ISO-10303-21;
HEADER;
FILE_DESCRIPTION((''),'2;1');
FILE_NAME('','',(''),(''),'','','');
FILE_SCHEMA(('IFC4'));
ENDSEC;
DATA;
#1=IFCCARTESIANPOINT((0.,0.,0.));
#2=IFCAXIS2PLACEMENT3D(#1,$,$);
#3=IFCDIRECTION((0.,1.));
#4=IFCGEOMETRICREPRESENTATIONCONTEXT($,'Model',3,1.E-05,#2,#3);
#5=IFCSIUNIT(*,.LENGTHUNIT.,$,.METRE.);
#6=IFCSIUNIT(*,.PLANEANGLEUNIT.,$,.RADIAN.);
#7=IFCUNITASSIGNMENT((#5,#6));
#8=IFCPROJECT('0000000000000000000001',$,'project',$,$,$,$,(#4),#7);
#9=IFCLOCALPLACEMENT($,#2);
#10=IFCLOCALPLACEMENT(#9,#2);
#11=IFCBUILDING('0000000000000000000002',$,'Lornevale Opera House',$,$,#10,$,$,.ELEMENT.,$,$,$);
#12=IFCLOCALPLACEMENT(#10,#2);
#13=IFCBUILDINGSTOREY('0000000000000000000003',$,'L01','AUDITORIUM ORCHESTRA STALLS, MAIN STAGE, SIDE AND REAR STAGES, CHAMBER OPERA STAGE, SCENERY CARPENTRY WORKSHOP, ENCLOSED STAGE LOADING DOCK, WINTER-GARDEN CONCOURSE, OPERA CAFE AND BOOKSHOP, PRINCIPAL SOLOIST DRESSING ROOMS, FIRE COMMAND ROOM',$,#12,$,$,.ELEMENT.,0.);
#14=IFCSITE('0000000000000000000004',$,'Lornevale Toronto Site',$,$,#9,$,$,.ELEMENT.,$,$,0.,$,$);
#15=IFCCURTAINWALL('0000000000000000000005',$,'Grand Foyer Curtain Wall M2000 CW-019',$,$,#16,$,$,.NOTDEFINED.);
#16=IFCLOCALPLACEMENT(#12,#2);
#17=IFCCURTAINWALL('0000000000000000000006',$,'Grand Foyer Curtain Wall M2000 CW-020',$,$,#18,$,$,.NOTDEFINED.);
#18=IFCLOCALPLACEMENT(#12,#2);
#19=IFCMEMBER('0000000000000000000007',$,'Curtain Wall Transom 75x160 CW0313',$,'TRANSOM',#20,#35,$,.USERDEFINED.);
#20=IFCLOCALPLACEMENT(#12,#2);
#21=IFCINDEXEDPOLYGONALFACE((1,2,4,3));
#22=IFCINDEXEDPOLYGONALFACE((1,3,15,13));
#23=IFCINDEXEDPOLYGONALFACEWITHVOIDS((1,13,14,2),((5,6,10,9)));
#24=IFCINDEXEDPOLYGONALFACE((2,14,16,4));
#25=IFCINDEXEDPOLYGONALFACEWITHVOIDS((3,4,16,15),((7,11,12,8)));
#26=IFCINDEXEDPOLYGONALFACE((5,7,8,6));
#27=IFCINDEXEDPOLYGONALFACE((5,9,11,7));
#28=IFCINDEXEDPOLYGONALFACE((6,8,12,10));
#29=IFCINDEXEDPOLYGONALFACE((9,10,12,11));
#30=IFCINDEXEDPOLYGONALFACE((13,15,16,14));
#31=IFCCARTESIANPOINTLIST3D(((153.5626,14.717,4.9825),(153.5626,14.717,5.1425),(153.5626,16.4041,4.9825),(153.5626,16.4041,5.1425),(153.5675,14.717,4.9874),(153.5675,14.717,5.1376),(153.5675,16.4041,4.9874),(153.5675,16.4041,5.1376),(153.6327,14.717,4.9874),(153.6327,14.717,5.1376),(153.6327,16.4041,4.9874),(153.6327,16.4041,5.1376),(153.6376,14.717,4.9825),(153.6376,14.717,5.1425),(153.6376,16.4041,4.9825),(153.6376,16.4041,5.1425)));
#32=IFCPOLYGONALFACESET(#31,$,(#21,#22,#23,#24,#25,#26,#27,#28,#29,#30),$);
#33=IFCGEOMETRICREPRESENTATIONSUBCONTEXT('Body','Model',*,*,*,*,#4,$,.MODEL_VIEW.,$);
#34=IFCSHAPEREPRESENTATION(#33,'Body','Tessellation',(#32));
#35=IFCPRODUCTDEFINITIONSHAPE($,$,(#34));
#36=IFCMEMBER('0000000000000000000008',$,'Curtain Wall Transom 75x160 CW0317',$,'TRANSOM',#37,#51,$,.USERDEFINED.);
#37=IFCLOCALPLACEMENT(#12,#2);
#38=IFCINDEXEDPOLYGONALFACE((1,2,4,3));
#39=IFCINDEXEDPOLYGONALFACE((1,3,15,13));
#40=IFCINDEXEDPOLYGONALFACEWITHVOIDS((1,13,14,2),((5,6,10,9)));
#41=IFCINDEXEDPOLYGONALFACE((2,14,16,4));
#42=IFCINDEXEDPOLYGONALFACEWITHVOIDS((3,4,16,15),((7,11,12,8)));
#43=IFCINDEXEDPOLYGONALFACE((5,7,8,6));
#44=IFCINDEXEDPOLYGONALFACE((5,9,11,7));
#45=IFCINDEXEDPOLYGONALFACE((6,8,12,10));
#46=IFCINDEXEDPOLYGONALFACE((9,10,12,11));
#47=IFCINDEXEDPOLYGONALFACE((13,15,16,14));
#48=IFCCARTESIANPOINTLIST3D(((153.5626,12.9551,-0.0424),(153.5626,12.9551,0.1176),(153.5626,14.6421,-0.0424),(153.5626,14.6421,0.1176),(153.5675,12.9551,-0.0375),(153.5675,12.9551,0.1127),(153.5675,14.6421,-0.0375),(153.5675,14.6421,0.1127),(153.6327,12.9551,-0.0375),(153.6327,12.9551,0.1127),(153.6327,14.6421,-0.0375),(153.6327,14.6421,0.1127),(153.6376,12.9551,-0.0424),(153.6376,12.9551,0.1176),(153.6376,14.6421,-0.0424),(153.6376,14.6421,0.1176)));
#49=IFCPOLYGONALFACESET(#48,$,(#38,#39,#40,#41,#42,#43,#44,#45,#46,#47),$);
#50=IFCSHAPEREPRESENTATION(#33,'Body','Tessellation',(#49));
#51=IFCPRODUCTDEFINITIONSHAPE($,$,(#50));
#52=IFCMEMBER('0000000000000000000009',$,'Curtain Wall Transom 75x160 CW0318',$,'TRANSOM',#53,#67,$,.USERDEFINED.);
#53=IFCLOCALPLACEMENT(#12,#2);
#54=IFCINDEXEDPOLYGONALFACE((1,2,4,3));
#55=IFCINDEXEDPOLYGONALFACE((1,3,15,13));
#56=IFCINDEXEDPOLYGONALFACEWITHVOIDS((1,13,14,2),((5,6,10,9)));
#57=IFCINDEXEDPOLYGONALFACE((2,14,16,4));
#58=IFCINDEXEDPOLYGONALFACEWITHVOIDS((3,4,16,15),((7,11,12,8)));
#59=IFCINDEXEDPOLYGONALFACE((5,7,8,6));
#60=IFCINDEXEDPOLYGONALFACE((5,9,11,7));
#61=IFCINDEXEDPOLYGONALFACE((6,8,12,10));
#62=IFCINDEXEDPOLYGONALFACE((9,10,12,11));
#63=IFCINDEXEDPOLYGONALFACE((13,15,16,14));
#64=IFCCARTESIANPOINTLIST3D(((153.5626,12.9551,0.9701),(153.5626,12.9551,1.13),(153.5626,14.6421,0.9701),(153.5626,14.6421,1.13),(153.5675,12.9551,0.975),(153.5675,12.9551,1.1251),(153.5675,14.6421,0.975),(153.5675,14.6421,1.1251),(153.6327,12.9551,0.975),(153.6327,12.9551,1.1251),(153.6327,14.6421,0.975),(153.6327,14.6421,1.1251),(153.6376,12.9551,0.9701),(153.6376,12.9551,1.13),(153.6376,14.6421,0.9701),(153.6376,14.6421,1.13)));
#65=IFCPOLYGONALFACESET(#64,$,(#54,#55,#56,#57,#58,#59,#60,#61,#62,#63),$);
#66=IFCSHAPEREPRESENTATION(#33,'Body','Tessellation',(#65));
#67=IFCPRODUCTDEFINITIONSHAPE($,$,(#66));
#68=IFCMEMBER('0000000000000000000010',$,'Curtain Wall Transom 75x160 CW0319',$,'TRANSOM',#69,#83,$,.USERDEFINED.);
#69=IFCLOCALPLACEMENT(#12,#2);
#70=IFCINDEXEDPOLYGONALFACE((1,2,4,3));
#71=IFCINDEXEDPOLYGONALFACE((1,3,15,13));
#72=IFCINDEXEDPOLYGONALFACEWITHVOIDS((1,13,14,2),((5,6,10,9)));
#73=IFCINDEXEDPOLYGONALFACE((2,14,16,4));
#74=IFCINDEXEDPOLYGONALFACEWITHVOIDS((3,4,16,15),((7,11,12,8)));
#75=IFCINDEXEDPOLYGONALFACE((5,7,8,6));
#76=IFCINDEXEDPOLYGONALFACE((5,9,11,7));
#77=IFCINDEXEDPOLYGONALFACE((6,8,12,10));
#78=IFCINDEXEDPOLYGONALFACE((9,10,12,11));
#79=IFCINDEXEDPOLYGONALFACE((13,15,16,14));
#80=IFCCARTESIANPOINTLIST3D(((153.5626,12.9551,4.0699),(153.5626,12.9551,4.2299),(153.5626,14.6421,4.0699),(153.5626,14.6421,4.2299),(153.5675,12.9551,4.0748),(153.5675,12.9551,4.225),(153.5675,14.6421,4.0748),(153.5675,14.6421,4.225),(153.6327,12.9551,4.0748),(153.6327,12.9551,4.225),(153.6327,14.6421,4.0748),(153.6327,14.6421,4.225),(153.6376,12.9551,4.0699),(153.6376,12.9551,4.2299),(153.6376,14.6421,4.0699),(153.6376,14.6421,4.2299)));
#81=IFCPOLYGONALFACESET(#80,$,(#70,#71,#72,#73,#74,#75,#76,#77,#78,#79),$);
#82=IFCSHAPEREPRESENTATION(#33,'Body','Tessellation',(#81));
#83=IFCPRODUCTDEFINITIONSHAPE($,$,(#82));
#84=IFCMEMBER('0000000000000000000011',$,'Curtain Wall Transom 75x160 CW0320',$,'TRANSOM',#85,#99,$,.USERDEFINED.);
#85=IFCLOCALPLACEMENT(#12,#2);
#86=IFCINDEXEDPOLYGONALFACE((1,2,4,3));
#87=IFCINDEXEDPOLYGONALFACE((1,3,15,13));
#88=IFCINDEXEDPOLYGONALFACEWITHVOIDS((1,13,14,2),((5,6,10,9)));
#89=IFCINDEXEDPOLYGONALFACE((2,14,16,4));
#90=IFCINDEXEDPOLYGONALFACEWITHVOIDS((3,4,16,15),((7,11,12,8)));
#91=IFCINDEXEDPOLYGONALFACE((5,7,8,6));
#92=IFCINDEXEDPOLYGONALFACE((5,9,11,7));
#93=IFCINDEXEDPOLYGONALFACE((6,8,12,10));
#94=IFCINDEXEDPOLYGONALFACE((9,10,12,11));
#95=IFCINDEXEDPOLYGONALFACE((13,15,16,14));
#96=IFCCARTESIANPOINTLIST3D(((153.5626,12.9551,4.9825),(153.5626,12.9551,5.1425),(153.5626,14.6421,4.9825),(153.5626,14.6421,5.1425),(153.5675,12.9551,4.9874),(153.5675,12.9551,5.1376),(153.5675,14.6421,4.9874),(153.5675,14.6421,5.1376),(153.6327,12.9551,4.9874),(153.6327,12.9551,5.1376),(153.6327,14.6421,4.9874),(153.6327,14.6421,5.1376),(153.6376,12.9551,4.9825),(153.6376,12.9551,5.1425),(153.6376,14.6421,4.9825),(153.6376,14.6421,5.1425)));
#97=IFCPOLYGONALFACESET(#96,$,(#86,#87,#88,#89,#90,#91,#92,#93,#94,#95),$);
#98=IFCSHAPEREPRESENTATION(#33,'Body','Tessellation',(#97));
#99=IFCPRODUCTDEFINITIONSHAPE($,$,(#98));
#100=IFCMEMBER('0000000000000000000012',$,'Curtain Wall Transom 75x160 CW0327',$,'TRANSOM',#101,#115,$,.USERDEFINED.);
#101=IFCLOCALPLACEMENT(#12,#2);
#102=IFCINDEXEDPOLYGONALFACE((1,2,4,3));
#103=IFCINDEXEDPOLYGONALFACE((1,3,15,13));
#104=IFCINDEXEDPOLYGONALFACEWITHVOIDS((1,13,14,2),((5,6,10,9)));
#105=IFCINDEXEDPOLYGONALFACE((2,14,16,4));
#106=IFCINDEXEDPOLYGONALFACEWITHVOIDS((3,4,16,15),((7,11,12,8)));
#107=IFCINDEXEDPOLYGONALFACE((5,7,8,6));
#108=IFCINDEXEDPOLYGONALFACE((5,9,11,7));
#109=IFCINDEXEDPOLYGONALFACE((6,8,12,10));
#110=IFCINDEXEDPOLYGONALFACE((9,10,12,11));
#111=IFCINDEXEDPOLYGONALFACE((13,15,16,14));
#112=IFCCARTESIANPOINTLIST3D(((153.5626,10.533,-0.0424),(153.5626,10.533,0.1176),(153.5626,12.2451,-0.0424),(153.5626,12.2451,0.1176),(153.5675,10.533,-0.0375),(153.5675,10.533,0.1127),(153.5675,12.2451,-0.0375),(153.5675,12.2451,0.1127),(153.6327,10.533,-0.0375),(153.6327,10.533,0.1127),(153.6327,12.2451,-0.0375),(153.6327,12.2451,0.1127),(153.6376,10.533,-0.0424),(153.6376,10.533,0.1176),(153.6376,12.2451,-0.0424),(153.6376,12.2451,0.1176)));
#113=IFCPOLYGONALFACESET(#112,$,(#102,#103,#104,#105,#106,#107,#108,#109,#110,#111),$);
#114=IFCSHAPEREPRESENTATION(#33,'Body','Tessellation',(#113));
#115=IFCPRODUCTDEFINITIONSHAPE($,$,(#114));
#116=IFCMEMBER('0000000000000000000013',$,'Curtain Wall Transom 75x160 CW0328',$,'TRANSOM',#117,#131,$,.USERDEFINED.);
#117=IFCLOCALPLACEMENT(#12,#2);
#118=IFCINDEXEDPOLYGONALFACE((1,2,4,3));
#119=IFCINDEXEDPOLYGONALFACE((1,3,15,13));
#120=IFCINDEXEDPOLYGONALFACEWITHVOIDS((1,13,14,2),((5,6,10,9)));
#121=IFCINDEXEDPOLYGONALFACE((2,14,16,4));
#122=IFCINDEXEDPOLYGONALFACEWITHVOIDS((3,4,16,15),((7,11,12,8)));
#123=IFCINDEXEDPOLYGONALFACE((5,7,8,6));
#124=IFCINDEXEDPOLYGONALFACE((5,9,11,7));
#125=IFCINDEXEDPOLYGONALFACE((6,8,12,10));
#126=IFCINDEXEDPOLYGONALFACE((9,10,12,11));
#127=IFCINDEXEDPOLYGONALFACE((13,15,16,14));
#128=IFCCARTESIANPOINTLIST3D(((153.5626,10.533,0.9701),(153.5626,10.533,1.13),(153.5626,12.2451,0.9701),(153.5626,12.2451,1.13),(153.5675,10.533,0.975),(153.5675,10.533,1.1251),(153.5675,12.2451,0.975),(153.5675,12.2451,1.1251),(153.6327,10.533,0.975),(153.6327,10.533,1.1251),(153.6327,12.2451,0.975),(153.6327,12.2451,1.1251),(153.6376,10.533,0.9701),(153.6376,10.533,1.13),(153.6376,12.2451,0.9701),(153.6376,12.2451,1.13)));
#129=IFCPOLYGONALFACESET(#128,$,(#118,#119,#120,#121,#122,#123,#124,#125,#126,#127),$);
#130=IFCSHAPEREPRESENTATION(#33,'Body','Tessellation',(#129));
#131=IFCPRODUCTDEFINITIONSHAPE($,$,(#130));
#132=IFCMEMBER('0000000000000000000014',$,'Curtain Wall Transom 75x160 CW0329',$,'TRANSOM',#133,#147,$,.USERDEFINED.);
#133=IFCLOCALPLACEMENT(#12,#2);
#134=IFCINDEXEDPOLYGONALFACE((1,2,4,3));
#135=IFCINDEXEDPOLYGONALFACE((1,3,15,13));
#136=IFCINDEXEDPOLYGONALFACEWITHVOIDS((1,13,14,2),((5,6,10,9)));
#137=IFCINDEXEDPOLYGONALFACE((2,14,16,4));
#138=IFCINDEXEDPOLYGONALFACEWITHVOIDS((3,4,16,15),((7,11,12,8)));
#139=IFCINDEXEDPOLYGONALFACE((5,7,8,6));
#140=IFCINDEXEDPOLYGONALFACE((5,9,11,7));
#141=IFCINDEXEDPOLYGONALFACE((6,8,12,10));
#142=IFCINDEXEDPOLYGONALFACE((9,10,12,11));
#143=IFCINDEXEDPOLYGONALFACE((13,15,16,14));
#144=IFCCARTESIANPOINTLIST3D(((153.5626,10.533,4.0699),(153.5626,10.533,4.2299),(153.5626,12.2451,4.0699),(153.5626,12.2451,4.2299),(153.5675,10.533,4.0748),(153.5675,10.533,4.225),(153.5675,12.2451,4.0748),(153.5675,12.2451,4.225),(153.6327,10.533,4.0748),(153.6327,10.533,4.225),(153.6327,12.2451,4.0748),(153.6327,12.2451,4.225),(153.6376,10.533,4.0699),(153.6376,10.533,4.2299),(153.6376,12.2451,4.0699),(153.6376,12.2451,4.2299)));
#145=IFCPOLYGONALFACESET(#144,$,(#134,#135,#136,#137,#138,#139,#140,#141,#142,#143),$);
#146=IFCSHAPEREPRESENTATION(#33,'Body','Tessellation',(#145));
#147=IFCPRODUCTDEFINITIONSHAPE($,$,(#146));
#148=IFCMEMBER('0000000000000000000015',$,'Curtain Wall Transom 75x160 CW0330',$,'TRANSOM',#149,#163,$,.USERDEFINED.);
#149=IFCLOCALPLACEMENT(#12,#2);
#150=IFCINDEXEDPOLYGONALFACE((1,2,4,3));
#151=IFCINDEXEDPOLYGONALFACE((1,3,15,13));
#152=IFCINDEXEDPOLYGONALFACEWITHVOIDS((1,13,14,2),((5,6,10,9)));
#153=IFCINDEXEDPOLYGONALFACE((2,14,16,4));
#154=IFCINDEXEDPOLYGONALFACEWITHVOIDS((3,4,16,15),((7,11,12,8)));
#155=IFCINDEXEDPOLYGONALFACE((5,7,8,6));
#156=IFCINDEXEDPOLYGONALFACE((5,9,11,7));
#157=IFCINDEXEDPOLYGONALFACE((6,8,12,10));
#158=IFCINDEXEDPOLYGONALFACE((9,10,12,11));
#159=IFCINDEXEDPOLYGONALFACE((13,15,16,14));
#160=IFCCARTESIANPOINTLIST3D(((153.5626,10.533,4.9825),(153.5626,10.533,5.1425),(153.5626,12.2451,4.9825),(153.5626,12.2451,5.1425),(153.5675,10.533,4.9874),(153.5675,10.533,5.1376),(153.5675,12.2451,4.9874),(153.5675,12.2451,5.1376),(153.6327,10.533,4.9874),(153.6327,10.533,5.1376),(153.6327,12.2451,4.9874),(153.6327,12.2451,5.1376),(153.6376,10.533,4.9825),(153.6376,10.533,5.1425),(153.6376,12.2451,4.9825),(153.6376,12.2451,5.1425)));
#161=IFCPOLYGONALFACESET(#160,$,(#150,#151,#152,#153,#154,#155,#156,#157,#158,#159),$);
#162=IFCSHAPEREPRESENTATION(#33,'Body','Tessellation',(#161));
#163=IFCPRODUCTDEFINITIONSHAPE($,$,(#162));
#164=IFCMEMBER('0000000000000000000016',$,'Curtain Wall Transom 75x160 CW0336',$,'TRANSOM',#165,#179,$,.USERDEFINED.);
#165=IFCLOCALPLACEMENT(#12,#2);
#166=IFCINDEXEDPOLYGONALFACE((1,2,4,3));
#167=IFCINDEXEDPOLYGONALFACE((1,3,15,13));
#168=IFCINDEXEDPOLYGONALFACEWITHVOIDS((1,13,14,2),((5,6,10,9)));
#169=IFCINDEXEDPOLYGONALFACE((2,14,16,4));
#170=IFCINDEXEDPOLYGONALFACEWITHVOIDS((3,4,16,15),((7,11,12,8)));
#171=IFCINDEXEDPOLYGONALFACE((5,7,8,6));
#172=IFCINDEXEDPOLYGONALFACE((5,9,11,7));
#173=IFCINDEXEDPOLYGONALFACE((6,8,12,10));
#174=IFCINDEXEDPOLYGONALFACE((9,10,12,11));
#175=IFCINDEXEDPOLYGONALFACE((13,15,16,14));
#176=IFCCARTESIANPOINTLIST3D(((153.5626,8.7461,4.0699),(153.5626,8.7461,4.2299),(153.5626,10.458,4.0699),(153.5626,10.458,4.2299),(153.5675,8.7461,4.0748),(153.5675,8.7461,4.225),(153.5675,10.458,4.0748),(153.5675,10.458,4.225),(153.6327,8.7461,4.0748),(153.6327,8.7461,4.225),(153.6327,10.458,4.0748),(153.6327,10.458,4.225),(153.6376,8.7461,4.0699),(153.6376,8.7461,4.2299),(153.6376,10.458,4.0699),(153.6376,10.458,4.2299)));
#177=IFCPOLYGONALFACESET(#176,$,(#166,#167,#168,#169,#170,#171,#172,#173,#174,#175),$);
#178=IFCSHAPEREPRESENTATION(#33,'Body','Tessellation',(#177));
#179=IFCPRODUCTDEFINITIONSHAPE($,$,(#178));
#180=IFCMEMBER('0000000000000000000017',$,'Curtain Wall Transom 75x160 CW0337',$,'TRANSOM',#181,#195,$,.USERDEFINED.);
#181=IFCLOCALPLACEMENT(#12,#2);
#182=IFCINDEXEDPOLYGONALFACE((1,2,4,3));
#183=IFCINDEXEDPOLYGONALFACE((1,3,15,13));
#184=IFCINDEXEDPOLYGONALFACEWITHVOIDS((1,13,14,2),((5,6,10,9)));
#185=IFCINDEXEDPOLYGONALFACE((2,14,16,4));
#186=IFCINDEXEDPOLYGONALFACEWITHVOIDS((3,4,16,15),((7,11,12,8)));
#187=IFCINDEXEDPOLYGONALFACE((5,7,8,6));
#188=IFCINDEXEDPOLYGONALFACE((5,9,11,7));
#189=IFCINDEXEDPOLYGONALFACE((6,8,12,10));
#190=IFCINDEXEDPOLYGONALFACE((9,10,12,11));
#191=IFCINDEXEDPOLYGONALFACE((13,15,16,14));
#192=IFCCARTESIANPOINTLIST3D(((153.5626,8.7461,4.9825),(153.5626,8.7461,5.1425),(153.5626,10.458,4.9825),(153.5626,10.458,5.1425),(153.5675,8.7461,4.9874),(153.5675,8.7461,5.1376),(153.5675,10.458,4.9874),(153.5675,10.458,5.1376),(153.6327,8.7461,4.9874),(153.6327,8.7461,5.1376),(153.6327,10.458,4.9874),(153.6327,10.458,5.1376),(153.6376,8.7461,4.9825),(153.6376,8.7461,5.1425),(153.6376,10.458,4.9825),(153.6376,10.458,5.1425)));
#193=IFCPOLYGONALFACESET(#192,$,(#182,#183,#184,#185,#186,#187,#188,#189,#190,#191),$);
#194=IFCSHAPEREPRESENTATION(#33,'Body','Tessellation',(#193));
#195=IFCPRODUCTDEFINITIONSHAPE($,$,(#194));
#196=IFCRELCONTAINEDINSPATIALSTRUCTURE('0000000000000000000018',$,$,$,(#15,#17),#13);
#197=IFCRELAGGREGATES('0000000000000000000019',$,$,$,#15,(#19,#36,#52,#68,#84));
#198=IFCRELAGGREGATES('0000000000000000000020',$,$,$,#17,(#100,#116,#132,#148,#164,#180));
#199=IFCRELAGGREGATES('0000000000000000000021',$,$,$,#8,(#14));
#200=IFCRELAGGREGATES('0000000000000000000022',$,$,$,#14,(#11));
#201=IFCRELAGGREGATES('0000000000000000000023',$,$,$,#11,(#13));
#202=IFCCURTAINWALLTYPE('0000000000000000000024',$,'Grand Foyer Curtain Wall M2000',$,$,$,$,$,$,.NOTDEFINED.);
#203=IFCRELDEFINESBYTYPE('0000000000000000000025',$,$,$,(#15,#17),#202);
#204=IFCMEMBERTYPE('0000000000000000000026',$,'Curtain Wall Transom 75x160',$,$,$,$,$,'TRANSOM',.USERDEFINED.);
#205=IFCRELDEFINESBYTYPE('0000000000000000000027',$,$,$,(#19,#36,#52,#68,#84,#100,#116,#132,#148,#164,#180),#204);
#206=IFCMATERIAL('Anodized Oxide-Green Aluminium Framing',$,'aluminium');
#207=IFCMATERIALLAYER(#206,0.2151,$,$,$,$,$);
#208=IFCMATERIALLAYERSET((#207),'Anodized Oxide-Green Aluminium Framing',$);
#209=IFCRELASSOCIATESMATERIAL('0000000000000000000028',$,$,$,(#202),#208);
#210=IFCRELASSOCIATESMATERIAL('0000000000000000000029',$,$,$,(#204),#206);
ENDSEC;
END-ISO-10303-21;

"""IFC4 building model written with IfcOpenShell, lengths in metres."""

from ifc_helpers import new_model, si_unit, direction, frame, origin, origin_2d, place, context, subcontext, project, spatial, hollow_rectangle, extrude, material, layer, layer_set, material_profile, profile_set, type_object, element, aggregate, save


model = new_model("IFC4")

# Units and contexts
model_context = context("Model", 3, precision=1e-05, world=origin(), true_north=direction((0.0, 1.0)))
body_context = subcontext(model_context, "Body", "Model", "MODEL_VIEW")
ifc_project = project(units=[si_unit("LENGTHUNIT", "METRE"), si_unit("PLANEANGLEUNIT", "RADIAN")], contexts=[model_context])

# Site, building, storey
site_placement = place(None, origin())
site = spatial("IfcSite", under=ifc_project, at=site_placement, Name="Lornevale Toronto Site", CompositionType="ELEMENT", RefElevation=0.0)
building_placement = place(site_placement, origin())
building = spatial("IfcBuilding", under=site, at=building_placement, Name="Lornevale Opera House", CompositionType="ELEMENT")
storey_placement = place(building_placement, origin())
storey = spatial("IfcBuildingStorey", under=building, at=storey_placement, Name="L01", Description="AUDITORIUM ORCHESTRA STALLS, MAIN STAGE, SIDE AND REAR STAGES, CHAMBER OPERA STAGE, SCENERY CARPENTRY WORKSHOP, ENCLOSED STAGE LOADING DOCK, WINTER-GARDEN CONCOURSE, OPERA CAFE AND BOOKSHOP, PRINCIPAL SOLOIST DRESSING ROOMS, FIRE COMMAND ROOM", CompositionType="ELEMENT", Elevation=0.0)

# Curtain walls
ifc_material_1 = material(Name="Anodized Oxide-Green Aluminium Framing", Category="aluminium")
ifc_layer_1 = layer(ifc_material_1, 0.2151)
ifc_layer_set_1 = layer_set([ifc_layer_1], Name="Anodized Oxide-Green Aluminium Framing")
curtain_wall_type = type_object("IfcCurtainWallType", Name="Grand Foyer Curtain Wall M2000", PredefinedType="NOTDEFINED", material=ifc_layer_set_1)
curtain_wall_1_placement = place(storey_placement, origin())
curtain_wall_1 = element("IfcCurtainWall", 1, at=curtain_wall_1_placement, inside=storey, type_object=curtain_wall_type, Name="Grand Foyer Curtain Wall M2000 CW-019", PredefinedType="NOTDEFINED")
curtain_wall_2_placement = place(storey_placement, origin())
curtain_wall_2 = element("IfcCurtainWall", 2, at=curtain_wall_2_placement, inside=storey, type_object=curtain_wall_type, Name="Grand Foyer Curtain Wall M2000 CW-020", PredefinedType="NOTDEFINED")

# Members
ifc_material_profile_1 = material_profile(ifc_material_1, hollow_rectangle(XDim=0.075, YDim=0.1599, WallThickness=0.0049, at=origin_2d()), Name="ALU75x160x5")
ifc_profile_set_1 = profile_set([ifc_material_profile_1], Name="Anodized Oxide-Green Aluminium Framing")
member_type_1 = type_object("IfcMemberType", Name="Curtain Wall Transom 75x160", ElementType="TRANSOM", PredefinedType="USERDEFINED", material=ifc_profile_set_1)
member_1_placement = place(storey_placement, frame((153.6001, 16.4041, 5.0625), z_axis=(0.0, -1.0, 0.0), x_axis=(1.0, 0.0, 0.0)))
member_1 = element("IfcMember", 3, at=member_1_placement, type_object=member_type_1, Name="Curtain Wall Transom 75x160 CW0313", ObjectType="TRANSOM", PredefinedType="USERDEFINED", context=body_context, shape_type="SweptSolid", body=[
    extrude(hollow_rectangle(XDim=0.075, YDim=0.1599, WallThickness=0.0049, at=origin_2d()), origin(), (0.0, 0.0, 1.0), 1.687),
])
member_2_placement = place(storey_placement, frame((153.6001, 14.6421, 0.0376), z_axis=(0.0, -1.0, 0.0), x_axis=(1.0, 0.0, 0.0)))
member_2 = element("IfcMember", 4, at=member_2_placement, type_object=member_type_1, Name="Curtain Wall Transom 75x160 CW0317", ObjectType="TRANSOM", PredefinedType="USERDEFINED", context=body_context, shape_type="SweptSolid", body=[
    extrude(hollow_rectangle(XDim=0.075, YDim=0.1599, WallThickness=0.0049, at=origin_2d()), origin(), (0.0, 0.0, 1.0), 1.687),
])
member_3_placement = place(storey_placement, frame((153.6001, 14.6421, 1.05), z_axis=(0.0, -1.0, 0.0), x_axis=(1.0, 0.0, 0.0)))
member_3 = element("IfcMember", 5, at=member_3_placement, type_object=member_type_1, Name="Curtain Wall Transom 75x160 CW0318", ObjectType="TRANSOM", PredefinedType="USERDEFINED", context=body_context, shape_type="SweptSolid", body=[
    extrude(hollow_rectangle(XDim=0.075, YDim=0.1599, WallThickness=0.0049, at=origin_2d()), origin(), (0.0, 0.0, 1.0), 1.687),
])
member_4_placement = place(storey_placement, frame((153.6001, 14.6421, 4.1499), z_axis=(0.0, -1.0, 0.0), x_axis=(1.0, 0.0, 0.0)))
member_4 = element("IfcMember", 6, at=member_4_placement, type_object=member_type_1, Name="Curtain Wall Transom 75x160 CW0319", ObjectType="TRANSOM", PredefinedType="USERDEFINED", context=body_context, shape_type="SweptSolid", body=[
    extrude(hollow_rectangle(XDim=0.075, YDim=0.1599, WallThickness=0.0049, at=origin_2d()), origin(), (0.0, 0.0, 1.0), 1.687),
])
member_5_placement = place(storey_placement, frame((153.6001, 14.6421, 5.0625), z_axis=(0.0, -1.0, 0.0), x_axis=(1.0, 0.0, 0.0)))
member_5 = element("IfcMember", 7, at=member_5_placement, type_object=member_type_1, Name="Curtain Wall Transom 75x160 CW0320", ObjectType="TRANSOM", PredefinedType="USERDEFINED", context=body_context, shape_type="SweptSolid", body=[
    extrude(hollow_rectangle(XDim=0.075, YDim=0.1599, WallThickness=0.0049, at=origin_2d()), origin(), (0.0, 0.0, 1.0), 1.687),
])
member_6_placement = place(storey_placement, frame((153.6001, 12.2451, 0.0376), z_axis=(0.0, -1.0, 0.0), x_axis=(1.0, 0.0, 0.0)))
member_6 = element("IfcMember", 8, at=member_6_placement, type_object=member_type_1, Name="Curtain Wall Transom 75x160 CW0327", ObjectType="TRANSOM", PredefinedType="USERDEFINED", context=body_context, shape_type="SweptSolid", body=[
    extrude(hollow_rectangle(XDim=0.075, YDim=0.1599, WallThickness=0.0049, at=origin_2d()), origin(), (0.0, 0.0, 1.0), 1.7122),
])
member_7_placement = place(storey_placement, frame((153.6001, 12.2451, 1.05), z_axis=(0.0, -1.0, 0.0), x_axis=(1.0, 0.0, 0.0)))
member_7 = element("IfcMember", 9, at=member_7_placement, type_object=member_type_1, Name="Curtain Wall Transom 75x160 CW0328", ObjectType="TRANSOM", PredefinedType="USERDEFINED", context=body_context, shape_type="SweptSolid", body=[
    extrude(hollow_rectangle(XDim=0.075, YDim=0.1599, WallThickness=0.0049, at=origin_2d()), origin(), (0.0, 0.0, 1.0), 1.7122),
])
member_8_placement = place(storey_placement, frame((153.6001, 12.2451, 4.1499), z_axis=(0.0, -1.0, 0.0), x_axis=(1.0, 0.0, 0.0)))
member_8 = element("IfcMember", 10, at=member_8_placement, type_object=member_type_1, Name="Curtain Wall Transom 75x160 CW0329", ObjectType="TRANSOM", PredefinedType="USERDEFINED", context=body_context, shape_type="SweptSolid", body=[
    extrude(hollow_rectangle(XDim=0.075, YDim=0.1599, WallThickness=0.0049, at=origin_2d()), origin(), (0.0, 0.0, 1.0), 1.7122),
])
member_9_placement = place(storey_placement, frame((153.6001, 12.2451, 5.0625), z_axis=(0.0, -1.0, 0.0), x_axis=(1.0, 0.0, 0.0)))
member_9 = element("IfcMember", 11, at=member_9_placement, type_object=member_type_1, Name="Curtain Wall Transom 75x160 CW0330", ObjectType="TRANSOM", PredefinedType="USERDEFINED", context=body_context, shape_type="SweptSolid", body=[
    extrude(hollow_rectangle(XDim=0.075, YDim=0.1599, WallThickness=0.0049, at=origin_2d()), origin(), (0.0, 0.0, 1.0), 1.7122),
])
member_10_placement = place(storey_placement, frame((153.6001, 10.458, 4.1499), z_axis=(0.0, -1.0, 0.0), x_axis=(1.0, 0.0, 0.0)))
member_10 = element("IfcMember", 12, at=member_10_placement, type_object=member_type_1, Name="Curtain Wall Transom 75x160 CW0336", ObjectType="TRANSOM", PredefinedType="USERDEFINED", context=body_context, shape_type="SweptSolid", body=[
    extrude(hollow_rectangle(XDim=0.075, YDim=0.1599, WallThickness=0.0049, at=origin_2d()), origin(), (0.0, 0.0, 1.0), 1.7119),
])
member_11_placement = place(storey_placement, frame((153.6001, 10.458, 5.0625), z_axis=(0.0, -1.0, 0.0), x_axis=(1.0, 0.0, 0.0)))
member_11 = element("IfcMember", 13, at=member_11_placement, type_object=member_type_1, Name="Curtain Wall Transom 75x160 CW0337", ObjectType="TRANSOM", PredefinedType="USERDEFINED", context=body_context, shape_type="SweptSolid", body=[
    extrude(hollow_rectangle(XDim=0.075, YDim=0.1599, WallThickness=0.0049, at=origin_2d()), origin(), (0.0, 0.0, 1.0), 1.7119),
])

aggregate(curtain_wall_1, [member_1, member_2, member_3, member_4, member_5])
aggregate(curtain_wall_2, [member_6, member_7, member_8, member_9, member_10, member_11])

save(model, "model.ifc")
